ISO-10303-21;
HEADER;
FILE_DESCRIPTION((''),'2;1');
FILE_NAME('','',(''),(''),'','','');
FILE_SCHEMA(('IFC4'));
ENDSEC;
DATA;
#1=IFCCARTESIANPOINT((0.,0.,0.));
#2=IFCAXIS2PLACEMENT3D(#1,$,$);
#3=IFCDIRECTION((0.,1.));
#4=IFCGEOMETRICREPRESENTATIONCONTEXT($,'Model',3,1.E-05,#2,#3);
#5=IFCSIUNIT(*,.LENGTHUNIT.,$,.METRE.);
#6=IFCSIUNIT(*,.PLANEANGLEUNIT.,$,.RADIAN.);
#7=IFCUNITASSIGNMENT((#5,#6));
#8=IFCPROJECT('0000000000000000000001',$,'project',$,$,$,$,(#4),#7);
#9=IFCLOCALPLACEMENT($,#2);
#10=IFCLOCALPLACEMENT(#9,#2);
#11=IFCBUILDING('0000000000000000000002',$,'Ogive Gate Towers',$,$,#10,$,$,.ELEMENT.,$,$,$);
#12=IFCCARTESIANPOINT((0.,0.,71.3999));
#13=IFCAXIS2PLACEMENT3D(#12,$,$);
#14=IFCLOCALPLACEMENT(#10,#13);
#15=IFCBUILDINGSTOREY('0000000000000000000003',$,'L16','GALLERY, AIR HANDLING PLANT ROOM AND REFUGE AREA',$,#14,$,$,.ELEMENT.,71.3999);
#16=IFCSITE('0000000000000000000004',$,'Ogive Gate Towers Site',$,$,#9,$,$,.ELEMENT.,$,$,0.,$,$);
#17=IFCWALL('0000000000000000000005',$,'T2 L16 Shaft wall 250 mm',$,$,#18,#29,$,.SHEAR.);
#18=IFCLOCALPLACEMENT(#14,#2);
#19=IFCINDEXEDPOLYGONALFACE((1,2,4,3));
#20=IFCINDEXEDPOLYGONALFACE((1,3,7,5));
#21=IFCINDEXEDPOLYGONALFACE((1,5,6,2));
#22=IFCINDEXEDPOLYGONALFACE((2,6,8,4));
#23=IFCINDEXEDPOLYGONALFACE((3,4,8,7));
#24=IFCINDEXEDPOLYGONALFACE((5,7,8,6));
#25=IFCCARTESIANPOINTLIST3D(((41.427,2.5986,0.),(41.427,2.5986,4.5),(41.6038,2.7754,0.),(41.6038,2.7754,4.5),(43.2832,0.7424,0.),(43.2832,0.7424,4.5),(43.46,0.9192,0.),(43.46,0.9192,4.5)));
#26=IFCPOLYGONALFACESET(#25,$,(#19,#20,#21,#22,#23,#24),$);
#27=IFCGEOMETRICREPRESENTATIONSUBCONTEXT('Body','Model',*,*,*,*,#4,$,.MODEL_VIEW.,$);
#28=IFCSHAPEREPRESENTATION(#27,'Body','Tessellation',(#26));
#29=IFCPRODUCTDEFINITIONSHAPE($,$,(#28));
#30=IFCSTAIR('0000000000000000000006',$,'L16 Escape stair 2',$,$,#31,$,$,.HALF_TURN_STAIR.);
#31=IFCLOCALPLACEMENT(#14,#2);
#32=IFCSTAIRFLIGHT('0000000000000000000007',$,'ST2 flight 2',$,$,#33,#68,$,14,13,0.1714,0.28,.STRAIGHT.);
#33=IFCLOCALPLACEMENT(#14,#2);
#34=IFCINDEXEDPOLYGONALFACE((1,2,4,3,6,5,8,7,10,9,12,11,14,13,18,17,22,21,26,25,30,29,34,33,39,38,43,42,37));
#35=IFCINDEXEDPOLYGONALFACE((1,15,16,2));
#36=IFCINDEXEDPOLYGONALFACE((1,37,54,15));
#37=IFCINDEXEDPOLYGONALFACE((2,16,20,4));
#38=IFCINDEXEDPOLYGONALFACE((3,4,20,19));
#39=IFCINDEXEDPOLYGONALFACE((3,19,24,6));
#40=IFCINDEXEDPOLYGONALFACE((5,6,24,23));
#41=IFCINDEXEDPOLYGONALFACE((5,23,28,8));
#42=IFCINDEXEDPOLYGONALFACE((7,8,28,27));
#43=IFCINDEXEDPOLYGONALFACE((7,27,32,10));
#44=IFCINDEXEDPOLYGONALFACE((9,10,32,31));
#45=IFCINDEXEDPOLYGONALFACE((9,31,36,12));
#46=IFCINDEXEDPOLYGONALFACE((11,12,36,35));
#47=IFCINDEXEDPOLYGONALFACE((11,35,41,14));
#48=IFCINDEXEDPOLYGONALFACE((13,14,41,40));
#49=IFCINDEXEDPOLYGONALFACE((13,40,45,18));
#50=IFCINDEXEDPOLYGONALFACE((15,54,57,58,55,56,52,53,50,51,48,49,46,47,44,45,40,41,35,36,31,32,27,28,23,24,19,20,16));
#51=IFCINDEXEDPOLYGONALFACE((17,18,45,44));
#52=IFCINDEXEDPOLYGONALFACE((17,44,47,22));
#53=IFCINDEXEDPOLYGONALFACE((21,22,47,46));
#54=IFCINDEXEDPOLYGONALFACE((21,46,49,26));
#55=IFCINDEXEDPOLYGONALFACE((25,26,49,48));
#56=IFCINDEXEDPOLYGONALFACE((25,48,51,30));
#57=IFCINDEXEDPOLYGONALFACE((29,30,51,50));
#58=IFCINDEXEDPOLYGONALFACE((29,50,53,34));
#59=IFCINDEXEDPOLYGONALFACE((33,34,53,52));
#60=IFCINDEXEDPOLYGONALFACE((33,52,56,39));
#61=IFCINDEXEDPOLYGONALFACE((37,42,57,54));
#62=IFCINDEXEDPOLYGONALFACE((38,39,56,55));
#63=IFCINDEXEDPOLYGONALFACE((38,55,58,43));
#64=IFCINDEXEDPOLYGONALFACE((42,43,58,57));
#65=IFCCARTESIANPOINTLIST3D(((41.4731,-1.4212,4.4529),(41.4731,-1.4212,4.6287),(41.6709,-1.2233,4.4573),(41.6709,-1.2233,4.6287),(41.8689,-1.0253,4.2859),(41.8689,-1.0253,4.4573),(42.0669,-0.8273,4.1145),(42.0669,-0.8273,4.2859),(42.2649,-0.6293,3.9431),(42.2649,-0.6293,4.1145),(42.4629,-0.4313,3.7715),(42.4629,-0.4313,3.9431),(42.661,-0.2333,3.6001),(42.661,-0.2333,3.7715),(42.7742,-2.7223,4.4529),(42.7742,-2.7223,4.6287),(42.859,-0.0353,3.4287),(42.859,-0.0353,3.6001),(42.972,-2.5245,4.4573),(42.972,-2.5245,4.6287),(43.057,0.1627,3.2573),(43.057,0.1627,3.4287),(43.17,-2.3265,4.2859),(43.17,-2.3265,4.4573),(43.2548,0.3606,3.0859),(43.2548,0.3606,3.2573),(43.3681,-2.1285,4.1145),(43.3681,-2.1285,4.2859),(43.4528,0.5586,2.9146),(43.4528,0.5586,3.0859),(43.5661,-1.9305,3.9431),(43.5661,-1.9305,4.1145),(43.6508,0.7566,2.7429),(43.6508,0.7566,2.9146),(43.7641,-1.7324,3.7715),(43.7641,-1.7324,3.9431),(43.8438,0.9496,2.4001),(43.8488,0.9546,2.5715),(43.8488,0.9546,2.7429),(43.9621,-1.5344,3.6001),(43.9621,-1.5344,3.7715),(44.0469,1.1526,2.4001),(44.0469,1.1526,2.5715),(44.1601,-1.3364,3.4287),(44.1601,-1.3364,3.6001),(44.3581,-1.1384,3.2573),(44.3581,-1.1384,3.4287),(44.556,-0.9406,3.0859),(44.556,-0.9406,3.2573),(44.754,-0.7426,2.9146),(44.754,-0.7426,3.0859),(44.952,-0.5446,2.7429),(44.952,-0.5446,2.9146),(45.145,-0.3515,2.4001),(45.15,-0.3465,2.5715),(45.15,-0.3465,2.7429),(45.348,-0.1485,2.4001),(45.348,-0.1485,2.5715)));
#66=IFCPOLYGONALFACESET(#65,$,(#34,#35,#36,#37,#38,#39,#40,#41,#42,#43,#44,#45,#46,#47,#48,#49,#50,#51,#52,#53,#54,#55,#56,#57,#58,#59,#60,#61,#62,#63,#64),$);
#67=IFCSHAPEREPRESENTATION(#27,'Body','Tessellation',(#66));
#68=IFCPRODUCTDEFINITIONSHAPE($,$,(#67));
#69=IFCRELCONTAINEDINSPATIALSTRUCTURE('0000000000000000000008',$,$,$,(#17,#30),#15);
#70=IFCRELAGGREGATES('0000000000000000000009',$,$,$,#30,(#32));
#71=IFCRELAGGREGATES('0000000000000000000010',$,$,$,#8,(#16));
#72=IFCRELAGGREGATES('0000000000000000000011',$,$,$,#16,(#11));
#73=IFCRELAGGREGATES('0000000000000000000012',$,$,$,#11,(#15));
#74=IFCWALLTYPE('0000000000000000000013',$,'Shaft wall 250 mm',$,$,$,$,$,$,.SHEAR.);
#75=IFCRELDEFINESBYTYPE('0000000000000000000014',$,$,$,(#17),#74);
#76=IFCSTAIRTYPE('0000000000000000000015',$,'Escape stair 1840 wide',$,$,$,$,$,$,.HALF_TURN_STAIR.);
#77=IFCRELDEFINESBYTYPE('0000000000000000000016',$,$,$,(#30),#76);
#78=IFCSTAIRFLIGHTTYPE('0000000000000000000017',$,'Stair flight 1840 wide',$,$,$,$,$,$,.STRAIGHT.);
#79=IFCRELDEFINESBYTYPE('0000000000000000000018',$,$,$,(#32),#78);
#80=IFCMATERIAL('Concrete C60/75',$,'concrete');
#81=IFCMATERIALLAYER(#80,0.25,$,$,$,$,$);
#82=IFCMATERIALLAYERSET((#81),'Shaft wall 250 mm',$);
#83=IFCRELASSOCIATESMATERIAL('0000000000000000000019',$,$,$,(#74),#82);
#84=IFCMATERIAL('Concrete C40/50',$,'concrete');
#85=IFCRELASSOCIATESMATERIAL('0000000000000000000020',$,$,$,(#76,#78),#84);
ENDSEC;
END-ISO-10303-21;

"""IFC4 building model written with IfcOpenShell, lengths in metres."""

from ifc_helpers import new_model, si_unit, direction, frame, frame_2d, origin, place, context, subcontext, project, spatial, polyline, rectangle, outline, extrude, material, layer, layer_set, type_object, element, aggregate, save


model = new_model("IFC4")

# Units and contexts
model_context = context("Model", 3, precision=1e-05, world=origin(), true_north=direction((0.0, 1.0)))
body_context = subcontext(model_context, "Body", "Model", "MODEL_VIEW")
ifc_project = project(units=[si_unit("LENGTHUNIT", "METRE"), si_unit("PLANEANGLEUNIT", "RADIAN")], contexts=[model_context])

# Site, building, storey
site_placement = place(None, origin())
site = spatial("IfcSite", under=ifc_project, at=site_placement, Name="Ogive Gate Towers Site", CompositionType="ELEMENT", RefElevation=0.0)
building_placement = place(site_placement, origin())
building = spatial("IfcBuilding", under=site, at=building_placement, Name="Ogive Gate Towers", CompositionType="ELEMENT")
storey_placement = place(building_placement, frame((0.0, 0.0, 71.3999)))
storey = spatial("IfcBuildingStorey", under=building, at=storey_placement, Name="L16", Description="GALLERY, AIR HANDLING PLANT ROOM AND REFUGE AREA", CompositionType="ELEMENT", Elevation=71.3999)

# Wall
ifc_material_1 = material(Name="Concrete C60/75", Category="concrete")
ifc_layer_1 = layer(ifc_material_1, 0.25)
ifc_layer_set_1 = layer_set([ifc_layer_1], Name="Shaft wall 250 mm")
wall_type_1 = type_object("IfcWallType", Name="Shaft wall 250 mm", PredefinedType="SHEAR", material=ifc_layer_set_1)
wall_1_placement = place(storey_placement, frame((43.3716, 0.8308, 0.0), z_axis=(0.0, 0.0, 1.0), x_axis=(-0.707107, 0.707107, 0.0)))
element("IfcWall", 1, at=wall_1_placement, inside=storey, type_object=wall_type_1, Name="T2 L16 Shaft wall 250 mm", PredefinedType="SHEAR", context=body_context, shape_type="SweptSolid", body=[
    extrude(rectangle(XDim=2.625, YDim=0.25, at=frame_2d((1.3125, 0.0))), origin(), (0.0, 0.0, 1.0), 4.5),
])

# Stair, stair flight
ifc_material_2 = material(Name="Concrete C40/50", Category="concrete")
stair_type = type_object("IfcStairType", Name="Escape stair 1840 wide", PredefinedType="HALF_TURN_STAIR", material=ifc_material_2)
stair_placement = place(storey_placement, origin())
stair = element("IfcStair", 2, at=stair_placement, inside=storey, type_object=stair_type, Name="L16 Escape stair 2", PredefinedType="HALF_TURN_STAIR")
stair_flight_type = type_object("IfcStairFlightType", Name="Stair flight 1840 wide", PredefinedType="STRAIGHT", material=ifc_material_2)
stair_flight_placement = place(storey_placement, frame((44.6975, 0.502, 2.4001), z_axis=(0.0, 0.0, 1.0), x_axis=(-0.707107, -0.707107, 0.0)))
stair_flight = element("IfcStairFlight", 3, at=stair_flight_placement, type_object=stair_flight_type, Name="ST2 flight 2", NumberOfRisers=14, NumberOfTreads=13, PredefinedType="STRAIGHT", RiserHeight=0.1714, TreadLength=0.28, context=body_context, shape_type="SweptSolid", body=[
    extrude(outline(polyline([(0.0, 0.0), (0.0, 0.1714), (0.28, 0.1714), (0.28, 0.3428), (0.5601, 0.3428), (0.5601, 0.5144), (0.8401, 0.5144), (0.8401, 0.6858), (1.1201, 0.6858), (1.1201, 0.8572), (1.3999, 0.8572), (1.3999, 1.0286), (1.6799, 1.0286), (1.6799, 1.2), (1.96, 1.2), (1.96, 1.3713), (2.24, 1.3713), (2.24, 1.543), (2.52, 1.543), (2.52, 1.7144), (2.8, 1.7144), (2.8, 1.8857), (3.0801, 1.8857), (3.0801, 2.0571), (3.3601, 2.0571), (3.3601, 2.2285), (3.6399, 2.2285), (3.6399, 2.3999), (3.6399, 2.0527), (0.2871, 0.0), (0.0, 0.0)])), frame((0.0, 0.9199, 0.0), z_axis=(0.0, -1.0, 0.0), x_axis=(1.0, 0.0, 0.0)), (0.0, 0.0, 1.0), 1.8401),
])
aggregate(stair, [stair_flight])

save(model, "model.ifc")
